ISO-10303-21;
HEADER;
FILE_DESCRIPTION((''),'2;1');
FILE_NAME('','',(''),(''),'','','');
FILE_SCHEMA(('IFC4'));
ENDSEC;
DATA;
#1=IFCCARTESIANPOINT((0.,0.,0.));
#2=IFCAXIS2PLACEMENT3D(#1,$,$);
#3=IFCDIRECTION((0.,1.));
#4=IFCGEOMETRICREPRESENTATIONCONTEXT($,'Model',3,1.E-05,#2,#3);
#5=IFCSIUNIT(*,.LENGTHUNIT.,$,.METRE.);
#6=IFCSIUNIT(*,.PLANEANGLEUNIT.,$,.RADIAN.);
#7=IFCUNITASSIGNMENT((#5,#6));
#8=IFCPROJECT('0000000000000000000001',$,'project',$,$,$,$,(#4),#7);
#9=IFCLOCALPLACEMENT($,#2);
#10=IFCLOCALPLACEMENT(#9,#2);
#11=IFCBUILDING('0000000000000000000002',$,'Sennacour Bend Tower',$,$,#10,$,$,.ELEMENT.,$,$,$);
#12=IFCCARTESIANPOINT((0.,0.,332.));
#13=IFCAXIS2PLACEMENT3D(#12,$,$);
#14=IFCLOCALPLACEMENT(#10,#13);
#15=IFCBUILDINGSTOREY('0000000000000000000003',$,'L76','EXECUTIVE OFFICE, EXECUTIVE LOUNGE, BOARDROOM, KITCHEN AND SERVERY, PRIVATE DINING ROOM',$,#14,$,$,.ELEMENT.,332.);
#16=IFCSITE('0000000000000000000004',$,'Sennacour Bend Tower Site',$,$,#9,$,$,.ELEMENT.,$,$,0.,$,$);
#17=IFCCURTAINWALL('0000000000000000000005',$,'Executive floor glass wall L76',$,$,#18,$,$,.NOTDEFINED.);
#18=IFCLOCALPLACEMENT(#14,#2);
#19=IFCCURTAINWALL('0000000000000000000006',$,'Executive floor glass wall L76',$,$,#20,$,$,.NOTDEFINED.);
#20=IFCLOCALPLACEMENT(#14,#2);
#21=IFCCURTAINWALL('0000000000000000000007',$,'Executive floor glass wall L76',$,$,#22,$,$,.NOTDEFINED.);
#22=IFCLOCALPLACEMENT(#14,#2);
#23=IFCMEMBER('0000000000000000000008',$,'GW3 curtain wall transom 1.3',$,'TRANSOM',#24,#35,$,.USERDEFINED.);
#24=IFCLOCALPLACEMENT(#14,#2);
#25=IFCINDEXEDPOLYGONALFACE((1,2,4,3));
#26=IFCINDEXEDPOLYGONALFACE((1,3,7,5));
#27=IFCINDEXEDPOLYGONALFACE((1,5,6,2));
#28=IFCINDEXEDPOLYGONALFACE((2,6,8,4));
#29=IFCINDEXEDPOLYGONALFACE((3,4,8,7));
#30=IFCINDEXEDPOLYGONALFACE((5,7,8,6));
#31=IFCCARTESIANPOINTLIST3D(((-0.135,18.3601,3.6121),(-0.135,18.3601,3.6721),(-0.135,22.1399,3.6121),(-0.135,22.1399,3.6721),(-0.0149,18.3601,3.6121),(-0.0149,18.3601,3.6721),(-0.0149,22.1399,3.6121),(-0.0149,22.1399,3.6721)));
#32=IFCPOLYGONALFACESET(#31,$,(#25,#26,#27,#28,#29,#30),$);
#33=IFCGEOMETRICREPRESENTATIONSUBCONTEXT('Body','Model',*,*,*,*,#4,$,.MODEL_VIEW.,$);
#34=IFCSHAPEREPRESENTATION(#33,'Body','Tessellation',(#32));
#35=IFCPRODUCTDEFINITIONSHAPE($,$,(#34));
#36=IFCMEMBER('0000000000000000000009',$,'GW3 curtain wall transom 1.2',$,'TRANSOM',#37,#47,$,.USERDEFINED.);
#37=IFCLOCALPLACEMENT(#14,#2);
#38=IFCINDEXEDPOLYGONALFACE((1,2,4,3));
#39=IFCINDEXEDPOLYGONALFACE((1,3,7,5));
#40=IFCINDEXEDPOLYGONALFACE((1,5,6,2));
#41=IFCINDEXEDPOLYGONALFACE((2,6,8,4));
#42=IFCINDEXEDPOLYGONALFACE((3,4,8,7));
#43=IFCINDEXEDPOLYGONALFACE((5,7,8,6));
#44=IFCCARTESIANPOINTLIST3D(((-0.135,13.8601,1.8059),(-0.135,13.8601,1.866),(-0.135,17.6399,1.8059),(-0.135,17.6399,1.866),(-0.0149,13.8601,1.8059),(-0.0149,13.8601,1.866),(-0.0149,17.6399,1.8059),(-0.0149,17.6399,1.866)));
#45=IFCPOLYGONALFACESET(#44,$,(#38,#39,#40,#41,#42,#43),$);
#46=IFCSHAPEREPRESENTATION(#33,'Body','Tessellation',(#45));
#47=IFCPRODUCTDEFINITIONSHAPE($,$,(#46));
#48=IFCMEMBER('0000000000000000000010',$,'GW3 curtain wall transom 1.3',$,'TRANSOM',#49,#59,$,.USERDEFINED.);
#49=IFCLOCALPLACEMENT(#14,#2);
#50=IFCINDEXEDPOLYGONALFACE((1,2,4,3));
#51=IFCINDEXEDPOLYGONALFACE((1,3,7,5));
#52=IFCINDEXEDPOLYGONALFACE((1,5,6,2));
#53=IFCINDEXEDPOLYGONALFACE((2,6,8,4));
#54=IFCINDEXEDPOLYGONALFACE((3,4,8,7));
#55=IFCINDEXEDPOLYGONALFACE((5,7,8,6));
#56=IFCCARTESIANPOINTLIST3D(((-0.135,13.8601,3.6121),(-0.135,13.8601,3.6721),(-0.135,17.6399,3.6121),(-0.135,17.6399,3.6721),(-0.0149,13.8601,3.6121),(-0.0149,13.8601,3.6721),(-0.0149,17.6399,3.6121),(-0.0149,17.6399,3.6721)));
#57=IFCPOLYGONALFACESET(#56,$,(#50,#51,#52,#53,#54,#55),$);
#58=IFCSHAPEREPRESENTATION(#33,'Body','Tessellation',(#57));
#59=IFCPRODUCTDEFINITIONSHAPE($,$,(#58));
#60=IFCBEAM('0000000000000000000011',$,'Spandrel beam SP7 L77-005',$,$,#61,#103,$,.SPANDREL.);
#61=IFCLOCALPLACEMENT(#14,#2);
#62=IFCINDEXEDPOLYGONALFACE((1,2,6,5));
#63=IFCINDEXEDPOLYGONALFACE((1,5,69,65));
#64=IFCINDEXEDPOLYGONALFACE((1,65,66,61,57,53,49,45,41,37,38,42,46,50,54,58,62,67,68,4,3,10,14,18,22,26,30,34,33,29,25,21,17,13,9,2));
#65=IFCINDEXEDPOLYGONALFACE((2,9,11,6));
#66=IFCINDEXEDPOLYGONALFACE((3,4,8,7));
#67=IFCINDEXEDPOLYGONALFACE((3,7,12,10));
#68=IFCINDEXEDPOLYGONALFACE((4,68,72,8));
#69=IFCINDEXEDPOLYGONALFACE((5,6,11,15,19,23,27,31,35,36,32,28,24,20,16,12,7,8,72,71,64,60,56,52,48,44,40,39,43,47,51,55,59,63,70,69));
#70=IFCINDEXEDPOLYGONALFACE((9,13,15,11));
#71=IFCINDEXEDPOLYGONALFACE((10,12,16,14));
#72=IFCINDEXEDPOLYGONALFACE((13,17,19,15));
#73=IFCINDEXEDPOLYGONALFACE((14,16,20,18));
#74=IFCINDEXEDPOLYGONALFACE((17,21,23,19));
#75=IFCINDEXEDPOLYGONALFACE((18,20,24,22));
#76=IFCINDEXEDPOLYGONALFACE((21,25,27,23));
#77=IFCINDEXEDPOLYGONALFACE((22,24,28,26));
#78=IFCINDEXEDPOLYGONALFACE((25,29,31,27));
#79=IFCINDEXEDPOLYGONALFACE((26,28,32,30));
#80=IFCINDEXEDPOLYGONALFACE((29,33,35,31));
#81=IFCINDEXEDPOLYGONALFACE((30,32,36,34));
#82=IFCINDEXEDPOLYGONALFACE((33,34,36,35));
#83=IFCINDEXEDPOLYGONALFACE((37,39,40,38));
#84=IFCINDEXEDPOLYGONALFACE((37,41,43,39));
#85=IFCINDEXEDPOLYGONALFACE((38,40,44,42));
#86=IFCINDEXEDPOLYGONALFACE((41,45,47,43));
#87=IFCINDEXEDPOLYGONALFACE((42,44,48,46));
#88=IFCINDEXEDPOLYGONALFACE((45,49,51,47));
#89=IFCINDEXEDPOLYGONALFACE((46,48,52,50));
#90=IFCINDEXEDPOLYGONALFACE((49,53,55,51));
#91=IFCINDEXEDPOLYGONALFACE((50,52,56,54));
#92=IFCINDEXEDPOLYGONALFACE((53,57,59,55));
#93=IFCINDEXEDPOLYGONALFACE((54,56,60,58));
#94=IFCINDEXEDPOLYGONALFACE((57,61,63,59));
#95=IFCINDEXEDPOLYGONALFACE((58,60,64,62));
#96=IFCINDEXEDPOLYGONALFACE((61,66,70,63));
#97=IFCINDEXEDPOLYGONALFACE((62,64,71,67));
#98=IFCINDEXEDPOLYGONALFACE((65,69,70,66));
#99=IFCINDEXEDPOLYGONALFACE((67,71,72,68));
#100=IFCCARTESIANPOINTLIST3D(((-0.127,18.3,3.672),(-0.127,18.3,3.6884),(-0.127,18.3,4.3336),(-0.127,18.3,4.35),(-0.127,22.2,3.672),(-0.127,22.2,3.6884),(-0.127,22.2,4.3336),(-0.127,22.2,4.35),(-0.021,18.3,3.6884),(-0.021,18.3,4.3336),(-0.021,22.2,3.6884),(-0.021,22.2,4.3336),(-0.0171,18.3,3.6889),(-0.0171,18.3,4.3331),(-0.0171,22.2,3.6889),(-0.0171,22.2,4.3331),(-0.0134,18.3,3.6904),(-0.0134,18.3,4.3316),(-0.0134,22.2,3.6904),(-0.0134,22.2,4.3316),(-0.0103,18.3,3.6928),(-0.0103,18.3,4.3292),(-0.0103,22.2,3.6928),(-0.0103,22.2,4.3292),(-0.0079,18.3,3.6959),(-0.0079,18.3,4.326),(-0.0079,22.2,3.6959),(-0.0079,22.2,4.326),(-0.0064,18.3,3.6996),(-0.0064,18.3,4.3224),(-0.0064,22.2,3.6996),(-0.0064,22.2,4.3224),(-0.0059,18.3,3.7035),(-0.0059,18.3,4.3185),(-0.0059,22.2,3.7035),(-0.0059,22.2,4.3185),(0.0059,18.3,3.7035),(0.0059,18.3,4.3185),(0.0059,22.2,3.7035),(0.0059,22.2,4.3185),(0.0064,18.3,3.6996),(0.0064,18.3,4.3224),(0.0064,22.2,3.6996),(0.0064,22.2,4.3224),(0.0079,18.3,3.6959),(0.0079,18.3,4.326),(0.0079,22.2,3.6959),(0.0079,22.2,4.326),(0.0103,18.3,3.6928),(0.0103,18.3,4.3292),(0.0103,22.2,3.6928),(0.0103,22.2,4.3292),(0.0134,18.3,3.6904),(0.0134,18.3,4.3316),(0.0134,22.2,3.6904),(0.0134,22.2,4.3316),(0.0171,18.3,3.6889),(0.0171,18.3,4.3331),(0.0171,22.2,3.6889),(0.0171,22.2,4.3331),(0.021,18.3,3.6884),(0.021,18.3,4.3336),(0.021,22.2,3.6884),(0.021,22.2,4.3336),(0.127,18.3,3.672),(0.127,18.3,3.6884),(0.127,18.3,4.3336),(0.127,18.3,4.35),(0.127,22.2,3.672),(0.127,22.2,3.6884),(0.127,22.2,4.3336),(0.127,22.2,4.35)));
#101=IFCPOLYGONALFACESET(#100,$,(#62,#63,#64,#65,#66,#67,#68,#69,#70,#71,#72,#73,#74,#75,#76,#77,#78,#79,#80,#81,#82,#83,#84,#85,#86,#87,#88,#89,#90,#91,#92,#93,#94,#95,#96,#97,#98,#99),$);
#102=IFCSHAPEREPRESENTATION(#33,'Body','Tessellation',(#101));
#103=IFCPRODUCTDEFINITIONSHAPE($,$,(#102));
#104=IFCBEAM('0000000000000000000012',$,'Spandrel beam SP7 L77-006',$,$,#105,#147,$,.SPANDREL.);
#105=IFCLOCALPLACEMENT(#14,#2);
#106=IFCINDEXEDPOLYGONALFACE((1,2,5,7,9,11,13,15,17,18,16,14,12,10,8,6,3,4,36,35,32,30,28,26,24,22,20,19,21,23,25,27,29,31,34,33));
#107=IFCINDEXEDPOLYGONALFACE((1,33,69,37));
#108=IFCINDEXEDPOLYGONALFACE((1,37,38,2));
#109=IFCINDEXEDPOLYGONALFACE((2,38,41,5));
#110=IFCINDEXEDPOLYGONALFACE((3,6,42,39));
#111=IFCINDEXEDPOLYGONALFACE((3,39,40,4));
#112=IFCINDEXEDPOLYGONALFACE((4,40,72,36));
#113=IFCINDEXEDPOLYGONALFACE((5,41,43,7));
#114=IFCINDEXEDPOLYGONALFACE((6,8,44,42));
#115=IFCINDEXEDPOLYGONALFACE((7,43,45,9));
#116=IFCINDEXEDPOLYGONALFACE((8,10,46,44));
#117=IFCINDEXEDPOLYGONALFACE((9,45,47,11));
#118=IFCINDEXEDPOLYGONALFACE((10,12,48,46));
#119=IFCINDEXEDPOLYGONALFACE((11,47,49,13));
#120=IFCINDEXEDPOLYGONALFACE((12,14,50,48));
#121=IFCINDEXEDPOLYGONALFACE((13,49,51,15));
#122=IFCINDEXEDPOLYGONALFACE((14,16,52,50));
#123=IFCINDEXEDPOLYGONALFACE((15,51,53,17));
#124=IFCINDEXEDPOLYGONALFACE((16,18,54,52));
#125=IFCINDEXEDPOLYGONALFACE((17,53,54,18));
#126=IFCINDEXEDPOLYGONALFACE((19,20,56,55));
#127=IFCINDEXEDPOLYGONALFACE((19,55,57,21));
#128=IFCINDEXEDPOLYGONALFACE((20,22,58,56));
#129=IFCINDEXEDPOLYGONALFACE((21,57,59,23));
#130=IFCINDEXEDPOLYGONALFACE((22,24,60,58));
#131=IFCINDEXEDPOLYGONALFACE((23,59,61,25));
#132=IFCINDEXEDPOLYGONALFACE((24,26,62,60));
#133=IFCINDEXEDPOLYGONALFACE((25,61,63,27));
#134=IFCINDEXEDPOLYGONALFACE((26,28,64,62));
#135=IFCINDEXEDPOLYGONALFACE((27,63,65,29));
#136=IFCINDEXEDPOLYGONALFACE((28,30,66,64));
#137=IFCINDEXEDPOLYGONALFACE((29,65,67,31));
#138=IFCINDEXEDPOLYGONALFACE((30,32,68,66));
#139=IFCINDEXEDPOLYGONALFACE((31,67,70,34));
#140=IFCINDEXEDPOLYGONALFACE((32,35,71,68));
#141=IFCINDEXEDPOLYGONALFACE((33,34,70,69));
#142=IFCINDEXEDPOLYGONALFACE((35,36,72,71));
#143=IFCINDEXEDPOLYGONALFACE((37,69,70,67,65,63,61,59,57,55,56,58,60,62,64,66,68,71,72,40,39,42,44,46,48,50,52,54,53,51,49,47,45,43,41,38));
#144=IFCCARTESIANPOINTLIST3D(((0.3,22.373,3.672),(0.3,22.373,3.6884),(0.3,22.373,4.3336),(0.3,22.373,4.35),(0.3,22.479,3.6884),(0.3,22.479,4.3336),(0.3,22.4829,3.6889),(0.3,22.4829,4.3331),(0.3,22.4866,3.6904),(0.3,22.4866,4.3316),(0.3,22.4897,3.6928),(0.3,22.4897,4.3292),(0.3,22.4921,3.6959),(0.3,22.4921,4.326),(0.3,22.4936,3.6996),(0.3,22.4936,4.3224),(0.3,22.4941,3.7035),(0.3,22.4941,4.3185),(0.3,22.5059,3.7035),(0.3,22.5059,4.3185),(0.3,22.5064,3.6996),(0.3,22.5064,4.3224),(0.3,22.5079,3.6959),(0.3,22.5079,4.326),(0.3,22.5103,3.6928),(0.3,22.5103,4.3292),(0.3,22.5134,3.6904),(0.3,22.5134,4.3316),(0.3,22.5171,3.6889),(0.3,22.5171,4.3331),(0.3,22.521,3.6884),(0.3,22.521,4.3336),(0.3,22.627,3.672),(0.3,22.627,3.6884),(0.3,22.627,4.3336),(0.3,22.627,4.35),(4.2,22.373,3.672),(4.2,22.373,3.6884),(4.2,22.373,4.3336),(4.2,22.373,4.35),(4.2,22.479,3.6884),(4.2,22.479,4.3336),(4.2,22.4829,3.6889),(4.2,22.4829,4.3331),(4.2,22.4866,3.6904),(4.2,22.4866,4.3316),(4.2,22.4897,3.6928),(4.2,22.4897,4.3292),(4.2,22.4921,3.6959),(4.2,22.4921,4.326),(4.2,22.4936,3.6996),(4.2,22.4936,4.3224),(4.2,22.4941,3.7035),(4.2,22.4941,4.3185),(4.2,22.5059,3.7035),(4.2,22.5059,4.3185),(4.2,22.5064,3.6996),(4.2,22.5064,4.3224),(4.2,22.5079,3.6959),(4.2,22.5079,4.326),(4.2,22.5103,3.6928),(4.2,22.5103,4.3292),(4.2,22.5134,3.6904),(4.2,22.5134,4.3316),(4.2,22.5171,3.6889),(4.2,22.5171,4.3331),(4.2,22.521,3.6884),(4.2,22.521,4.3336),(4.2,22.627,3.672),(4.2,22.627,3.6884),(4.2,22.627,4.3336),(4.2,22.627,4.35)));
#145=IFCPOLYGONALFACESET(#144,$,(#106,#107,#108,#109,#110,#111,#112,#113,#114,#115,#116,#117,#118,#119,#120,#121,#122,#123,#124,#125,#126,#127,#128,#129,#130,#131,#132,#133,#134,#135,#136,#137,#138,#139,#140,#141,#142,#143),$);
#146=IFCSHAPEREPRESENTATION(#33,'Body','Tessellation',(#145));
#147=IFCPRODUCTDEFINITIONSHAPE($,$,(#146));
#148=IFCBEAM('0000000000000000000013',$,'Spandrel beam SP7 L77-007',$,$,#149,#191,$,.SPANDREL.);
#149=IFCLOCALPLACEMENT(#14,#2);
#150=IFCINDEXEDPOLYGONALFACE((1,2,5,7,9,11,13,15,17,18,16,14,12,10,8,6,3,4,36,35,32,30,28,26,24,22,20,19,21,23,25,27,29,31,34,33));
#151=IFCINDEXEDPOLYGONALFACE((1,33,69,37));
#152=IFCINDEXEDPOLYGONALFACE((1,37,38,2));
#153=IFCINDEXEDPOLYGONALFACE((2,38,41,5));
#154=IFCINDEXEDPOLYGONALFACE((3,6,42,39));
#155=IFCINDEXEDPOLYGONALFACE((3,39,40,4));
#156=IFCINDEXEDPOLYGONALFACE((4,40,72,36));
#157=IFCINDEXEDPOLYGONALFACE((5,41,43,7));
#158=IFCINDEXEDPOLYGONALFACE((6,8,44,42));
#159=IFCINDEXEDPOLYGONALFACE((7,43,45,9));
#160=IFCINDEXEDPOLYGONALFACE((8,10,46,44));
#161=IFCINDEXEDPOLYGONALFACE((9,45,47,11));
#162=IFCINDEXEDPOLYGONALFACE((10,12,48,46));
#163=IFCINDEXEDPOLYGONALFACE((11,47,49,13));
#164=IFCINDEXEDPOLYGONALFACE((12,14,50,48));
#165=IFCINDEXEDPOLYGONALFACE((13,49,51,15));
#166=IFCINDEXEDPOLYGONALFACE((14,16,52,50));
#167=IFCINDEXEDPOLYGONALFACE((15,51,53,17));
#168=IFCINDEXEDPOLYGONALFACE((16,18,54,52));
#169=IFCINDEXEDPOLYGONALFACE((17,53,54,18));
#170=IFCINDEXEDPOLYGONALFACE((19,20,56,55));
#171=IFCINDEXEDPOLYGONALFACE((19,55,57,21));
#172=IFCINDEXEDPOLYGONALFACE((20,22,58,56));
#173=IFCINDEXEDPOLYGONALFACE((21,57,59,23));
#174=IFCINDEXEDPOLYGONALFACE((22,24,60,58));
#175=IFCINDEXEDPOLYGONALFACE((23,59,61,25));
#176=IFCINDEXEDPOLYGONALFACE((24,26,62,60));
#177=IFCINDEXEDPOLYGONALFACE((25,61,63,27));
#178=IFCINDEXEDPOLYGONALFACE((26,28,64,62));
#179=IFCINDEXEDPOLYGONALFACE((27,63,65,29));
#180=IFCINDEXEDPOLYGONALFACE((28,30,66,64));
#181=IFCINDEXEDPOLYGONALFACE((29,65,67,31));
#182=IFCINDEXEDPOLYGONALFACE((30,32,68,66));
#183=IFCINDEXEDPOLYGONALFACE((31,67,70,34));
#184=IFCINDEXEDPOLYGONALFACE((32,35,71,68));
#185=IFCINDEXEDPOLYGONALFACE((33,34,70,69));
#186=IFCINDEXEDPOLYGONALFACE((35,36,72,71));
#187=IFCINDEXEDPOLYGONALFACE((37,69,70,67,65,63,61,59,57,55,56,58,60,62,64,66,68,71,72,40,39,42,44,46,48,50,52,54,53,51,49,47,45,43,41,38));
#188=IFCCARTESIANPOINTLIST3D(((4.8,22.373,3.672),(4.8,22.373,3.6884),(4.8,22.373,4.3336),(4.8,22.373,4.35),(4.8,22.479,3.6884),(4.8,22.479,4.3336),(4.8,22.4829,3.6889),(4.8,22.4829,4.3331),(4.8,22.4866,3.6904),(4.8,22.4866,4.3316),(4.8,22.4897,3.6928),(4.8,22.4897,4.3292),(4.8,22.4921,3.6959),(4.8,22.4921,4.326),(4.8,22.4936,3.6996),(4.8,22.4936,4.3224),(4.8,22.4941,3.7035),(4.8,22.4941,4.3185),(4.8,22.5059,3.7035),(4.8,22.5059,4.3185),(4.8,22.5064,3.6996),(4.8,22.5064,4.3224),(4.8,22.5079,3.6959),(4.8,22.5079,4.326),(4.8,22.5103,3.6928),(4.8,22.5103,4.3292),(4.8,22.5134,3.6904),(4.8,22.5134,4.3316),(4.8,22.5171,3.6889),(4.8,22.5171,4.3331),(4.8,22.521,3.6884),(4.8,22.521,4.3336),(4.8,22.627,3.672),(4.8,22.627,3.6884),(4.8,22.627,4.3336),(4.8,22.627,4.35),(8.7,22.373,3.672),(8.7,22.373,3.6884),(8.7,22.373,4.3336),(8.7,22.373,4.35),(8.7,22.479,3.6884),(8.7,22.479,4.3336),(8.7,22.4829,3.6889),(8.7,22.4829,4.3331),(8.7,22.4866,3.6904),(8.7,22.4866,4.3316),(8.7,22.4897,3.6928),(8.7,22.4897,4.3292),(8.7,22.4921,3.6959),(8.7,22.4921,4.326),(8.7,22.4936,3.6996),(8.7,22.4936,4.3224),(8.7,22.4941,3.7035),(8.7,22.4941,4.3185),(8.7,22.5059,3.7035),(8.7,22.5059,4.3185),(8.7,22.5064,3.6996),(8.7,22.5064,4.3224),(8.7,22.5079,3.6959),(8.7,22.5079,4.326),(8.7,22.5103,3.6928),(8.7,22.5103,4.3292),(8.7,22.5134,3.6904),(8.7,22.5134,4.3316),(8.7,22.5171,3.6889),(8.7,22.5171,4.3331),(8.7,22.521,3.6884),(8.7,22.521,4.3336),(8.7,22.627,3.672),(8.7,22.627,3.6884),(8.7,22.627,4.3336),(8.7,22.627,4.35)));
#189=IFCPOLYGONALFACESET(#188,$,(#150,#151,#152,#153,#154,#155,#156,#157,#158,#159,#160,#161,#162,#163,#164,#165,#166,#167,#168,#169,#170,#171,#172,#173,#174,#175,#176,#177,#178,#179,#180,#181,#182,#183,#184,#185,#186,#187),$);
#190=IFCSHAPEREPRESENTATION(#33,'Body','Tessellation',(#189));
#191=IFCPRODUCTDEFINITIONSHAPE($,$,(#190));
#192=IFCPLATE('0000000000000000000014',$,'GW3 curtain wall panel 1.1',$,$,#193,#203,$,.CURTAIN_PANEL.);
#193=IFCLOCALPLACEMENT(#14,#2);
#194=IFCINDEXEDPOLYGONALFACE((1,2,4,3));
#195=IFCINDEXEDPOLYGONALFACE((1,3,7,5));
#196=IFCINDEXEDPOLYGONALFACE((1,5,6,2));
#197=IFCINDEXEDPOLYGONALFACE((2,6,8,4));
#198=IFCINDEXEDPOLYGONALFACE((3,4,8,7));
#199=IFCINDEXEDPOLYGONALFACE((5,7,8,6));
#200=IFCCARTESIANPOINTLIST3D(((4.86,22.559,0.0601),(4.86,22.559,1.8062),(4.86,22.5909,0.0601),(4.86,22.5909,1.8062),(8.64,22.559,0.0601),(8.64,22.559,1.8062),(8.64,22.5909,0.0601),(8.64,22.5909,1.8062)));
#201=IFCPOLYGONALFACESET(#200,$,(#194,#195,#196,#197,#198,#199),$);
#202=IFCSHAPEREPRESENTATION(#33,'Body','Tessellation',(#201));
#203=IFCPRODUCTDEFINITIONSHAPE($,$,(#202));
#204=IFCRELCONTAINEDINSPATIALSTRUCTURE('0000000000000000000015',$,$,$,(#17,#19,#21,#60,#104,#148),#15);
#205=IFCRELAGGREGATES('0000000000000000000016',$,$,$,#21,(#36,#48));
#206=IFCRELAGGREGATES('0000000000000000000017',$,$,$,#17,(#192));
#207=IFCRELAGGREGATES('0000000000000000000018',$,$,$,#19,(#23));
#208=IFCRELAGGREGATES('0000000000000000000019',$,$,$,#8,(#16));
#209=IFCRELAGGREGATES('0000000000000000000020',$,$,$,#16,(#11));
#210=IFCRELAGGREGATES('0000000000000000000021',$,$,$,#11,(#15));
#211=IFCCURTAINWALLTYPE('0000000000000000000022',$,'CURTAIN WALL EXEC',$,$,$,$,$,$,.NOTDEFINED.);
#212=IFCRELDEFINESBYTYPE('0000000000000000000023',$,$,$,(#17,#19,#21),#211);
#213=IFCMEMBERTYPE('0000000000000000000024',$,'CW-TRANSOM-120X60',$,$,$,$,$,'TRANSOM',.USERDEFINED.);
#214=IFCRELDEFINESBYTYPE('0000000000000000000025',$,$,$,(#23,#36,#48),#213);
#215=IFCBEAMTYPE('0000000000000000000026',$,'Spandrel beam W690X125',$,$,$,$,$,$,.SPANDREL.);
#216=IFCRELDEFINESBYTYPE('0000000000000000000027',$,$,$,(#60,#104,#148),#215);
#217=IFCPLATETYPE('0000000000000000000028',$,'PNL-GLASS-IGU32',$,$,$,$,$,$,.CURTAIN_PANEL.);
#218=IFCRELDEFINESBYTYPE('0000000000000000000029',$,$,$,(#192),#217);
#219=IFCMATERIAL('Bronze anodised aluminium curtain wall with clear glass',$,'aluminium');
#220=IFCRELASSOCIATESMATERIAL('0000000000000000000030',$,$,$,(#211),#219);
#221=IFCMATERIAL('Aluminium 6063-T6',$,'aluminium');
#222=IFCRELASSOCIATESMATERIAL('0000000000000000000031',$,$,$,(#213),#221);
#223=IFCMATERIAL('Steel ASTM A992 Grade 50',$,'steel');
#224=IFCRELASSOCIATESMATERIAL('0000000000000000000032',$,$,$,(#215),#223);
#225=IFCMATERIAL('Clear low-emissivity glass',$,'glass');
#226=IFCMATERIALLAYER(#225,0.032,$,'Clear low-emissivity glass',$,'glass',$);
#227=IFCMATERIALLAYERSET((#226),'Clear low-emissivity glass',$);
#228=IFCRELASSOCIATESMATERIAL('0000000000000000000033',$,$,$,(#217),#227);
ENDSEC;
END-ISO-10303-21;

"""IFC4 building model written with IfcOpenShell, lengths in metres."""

from ifc_helpers import new_model, si_unit, direction, frame, origin, origin_2d, place, context, subcontext, project, spatial, rectangle, i_section, extrude, material, layer, layer_set, material_profile, profile_set, type_object, element, aggregate, save


model = new_model("IFC4")

# Units and contexts
model_context = context("Model", 3, precision=1e-05, world=origin(), true_north=direction((0.0, 1.0)))
body_context = subcontext(model_context, "Body", "Model", "MODEL_VIEW")
ifc_project = project(units=[si_unit("LENGTHUNIT", "METRE"), si_unit("PLANEANGLEUNIT", "RADIAN")], contexts=[model_context])

# Site, building, storey
site_placement = place(None, origin())
site = spatial("IfcSite", under=ifc_project, at=site_placement, Name="Sennacour Bend Tower Site", CompositionType="ELEMENT", RefElevation=0.0)
building_placement = place(site_placement, origin())
building = spatial("IfcBuilding", under=site, at=building_placement, Name="Sennacour Bend Tower", CompositionType="ELEMENT")
storey_placement = place(building_placement, frame((0.0, 0.0, 332.0)))
storey = spatial("IfcBuildingStorey", under=building, at=storey_placement, Name="L76", Description="EXECUTIVE OFFICE, EXECUTIVE LOUNGE, BOARDROOM, KITCHEN AND SERVERY, PRIVATE DINING ROOM", CompositionType="ELEMENT", Elevation=332.0)

# Curtain wall
ifc_material_1 = material(Name="Bronze anodised aluminium curtain wall with clear glass", Category="aluminium")
curtain_wall_type = type_object("IfcCurtainWallType", Name="CURTAIN WALL EXEC", PredefinedType="NOTDEFINED", material=ifc_material_1)
curtain_wall_1_placement = place(storey_placement, origin())
curtain_wall_1 = element("IfcCurtainWall", 1, at=curtain_wall_1_placement, inside=storey, type_object=curtain_wall_type, Name="Executive floor glass wall L76", PredefinedType="NOTDEFINED")
ifc_material_2 = material(Name="Aluminium 6063-T6", Category="aluminium")

# Curtain wall
curtain_wall_2_placement = place(storey_placement, origin())
curtain_wall_2 = element("IfcCurtainWall", 2, at=curtain_wall_2_placement, inside=storey, type_object=curtain_wall_type, Name="Executive floor glass wall L76", PredefinedType="NOTDEFINED")

# Curtain wall
curtain_wall_3_placement = place(storey_placement, origin())
curtain_wall_3 = element("IfcCurtainWall", 3, at=curtain_wall_3_placement, inside=storey, type_object=curtain_wall_type, Name="Executive floor glass wall L76", PredefinedType="NOTDEFINED")

# Members
ifc_material_profile_1 = material_profile(ifc_material_2, rectangle(XDim=0.1201, YDim=0.0601, at=origin_2d()), Name="Aluminium 6063-T6", Category="aluminium")
ifc_profile_set_1 = profile_set([ifc_material_profile_1], Name="Aluminium 6063-T6")
member_type_1 = type_object("IfcMemberType", Name="CW-TRANSOM-120X60", ElementType="TRANSOM", PredefinedType="USERDEFINED", material=ifc_profile_set_1)
member_1_placement = place(storey_placement, frame((-0.075, 22.1399, 3.6421), z_axis=(0.0, -1.0, 0.0), x_axis=(1.0, 0.0, 0.0)))
member_1 = element("IfcMember", 4, at=member_1_placement, type_object=member_type_1, Name="GW3 curtain wall transom 1.3", ObjectType="TRANSOM", PredefinedType="USERDEFINED", context=body_context, shape_type="SweptSolid", body=[
    extrude(rectangle(XDim=0.1201, YDim=0.0601, at=origin_2d()), origin(), (0.0, 0.0, 1.0), 3.7798),
])
member_2_placement = place(storey_placement, frame((-0.075, 17.6399, 1.8359), z_axis=(0.0, -1.0, 0.0), x_axis=(1.0, 0.0, 0.0)))
member_2 = element("IfcMember", 5, at=member_2_placement, type_object=member_type_1, Name="GW3 curtain wall transom 1.2", ObjectType="TRANSOM", PredefinedType="USERDEFINED", context=body_context, shape_type="SweptSolid", body=[
    extrude(rectangle(XDim=0.1201, YDim=0.0601, at=origin_2d()), origin(), (0.0, 0.0, 1.0), 3.7798),
])
member_3_placement = place(storey_placement, frame((-0.075, 17.6399, 3.6421), z_axis=(0.0, -1.0, 0.0), x_axis=(1.0, 0.0, 0.0)))
member_3 = element("IfcMember", 6, at=member_3_placement, type_object=member_type_1, Name="GW3 curtain wall transom 1.3", ObjectType="TRANSOM", PredefinedType="USERDEFINED", context=body_context, shape_type="SweptSolid", body=[
    extrude(rectangle(XDim=0.1201, YDim=0.0601, at=origin_2d()), origin(), (0.0, 0.0, 1.0), 3.7798),
])
aggregate(curtain_wall_3, [member_2, member_3])

# Beams
ifc_material_3 = material(Name="Steel ASTM A992 Grade 50", Category="steel")
ifc_material_profile_2 = material_profile(ifc_material_3, i_section(OverallWidth=0.2539, OverallDepth=0.678, WebThickness=0.0117, FlangeThickness=0.0164, FilletRadius=0.0151, at=origin_2d()), Name="Steel ASTM A992 Grade 50", Category="steel")
ifc_profile_set_2 = profile_set([ifc_material_profile_2], Name="Steel ASTM A992 Grade 50")
beam_type = type_object("IfcBeamType", Name="Spandrel beam W690X125", PredefinedType="SPANDREL", material=ifc_profile_set_2)
for number, where, z_axis, x_axis, name in (
    (7, (0.0, 18.3, 4.011), (0.0, 1.0, 0.0), (-1.0, 0.0, 0.0), "Spandrel beam SP7 L77-005"),
    (8, (0.3, 22.5, 4.011), (1.0, 0.0, 0.0), (0.0, 1.0, 0.0), "Spandrel beam SP7 L77-006"),
    (9, (4.8, 22.5, 4.011), (1.0, 0.0, 0.0), (0.0, 1.0, 0.0), "Spandrel beam SP7 L77-007"),
):
    element("IfcBeam", number, at=place(storey_placement, frame(where, z_axis=z_axis, x_axis=x_axis)), inside=storey, type_object=beam_type, Name=name, PredefinedType="SPANDREL", context=body_context, shape_type="SweptSolid", body=[
        extrude(i_section(OverallWidth=0.2539, OverallDepth=0.678, WebThickness=0.0117, FlangeThickness=0.0164, FilletRadius=0.0151, at=origin_2d()), origin(), (0.0, 0.0, 1.0), 3.8999),
    ])

# Plate
ifc_material_4 = material(Name="Clear low-emissivity glass", Category="glass")
ifc_layer = layer(ifc_material_4, 0.032, Name="Clear low-emissivity glass", Category="glass")
ifc_layer_set = layer_set([ifc_layer], Name="Clear low-emissivity glass")
plate_type = type_object("IfcPlateType", Name="PNL-GLASS-IGU32", PredefinedType="CURTAIN_PANEL", material=ifc_layer_set)
plate_1_placement = place(storey_placement, frame((6.75, 22.575, 0.0601), z_axis=(0.0, 0.0, 1.0), x_axis=(-1.0, 0.0, 0.0)))
plate_1 = element("IfcPlate", 10, at=plate_1_placement, type_object=plate_type, Name="GW3 curtain wall panel 1.1", PredefinedType="CURTAIN_PANEL", context=body_context, shape_type="SweptSolid", body=[
    extrude(rectangle(XDim=3.78, YDim=0.032, at=origin_2d()), origin(), (0.0, 0.0, 1.0), 1.7461),
])
aggregate(curtain_wall_1, [plate_1])
aggregate(curtain_wall_2, [member_1])

save(model, "model.ifc")
